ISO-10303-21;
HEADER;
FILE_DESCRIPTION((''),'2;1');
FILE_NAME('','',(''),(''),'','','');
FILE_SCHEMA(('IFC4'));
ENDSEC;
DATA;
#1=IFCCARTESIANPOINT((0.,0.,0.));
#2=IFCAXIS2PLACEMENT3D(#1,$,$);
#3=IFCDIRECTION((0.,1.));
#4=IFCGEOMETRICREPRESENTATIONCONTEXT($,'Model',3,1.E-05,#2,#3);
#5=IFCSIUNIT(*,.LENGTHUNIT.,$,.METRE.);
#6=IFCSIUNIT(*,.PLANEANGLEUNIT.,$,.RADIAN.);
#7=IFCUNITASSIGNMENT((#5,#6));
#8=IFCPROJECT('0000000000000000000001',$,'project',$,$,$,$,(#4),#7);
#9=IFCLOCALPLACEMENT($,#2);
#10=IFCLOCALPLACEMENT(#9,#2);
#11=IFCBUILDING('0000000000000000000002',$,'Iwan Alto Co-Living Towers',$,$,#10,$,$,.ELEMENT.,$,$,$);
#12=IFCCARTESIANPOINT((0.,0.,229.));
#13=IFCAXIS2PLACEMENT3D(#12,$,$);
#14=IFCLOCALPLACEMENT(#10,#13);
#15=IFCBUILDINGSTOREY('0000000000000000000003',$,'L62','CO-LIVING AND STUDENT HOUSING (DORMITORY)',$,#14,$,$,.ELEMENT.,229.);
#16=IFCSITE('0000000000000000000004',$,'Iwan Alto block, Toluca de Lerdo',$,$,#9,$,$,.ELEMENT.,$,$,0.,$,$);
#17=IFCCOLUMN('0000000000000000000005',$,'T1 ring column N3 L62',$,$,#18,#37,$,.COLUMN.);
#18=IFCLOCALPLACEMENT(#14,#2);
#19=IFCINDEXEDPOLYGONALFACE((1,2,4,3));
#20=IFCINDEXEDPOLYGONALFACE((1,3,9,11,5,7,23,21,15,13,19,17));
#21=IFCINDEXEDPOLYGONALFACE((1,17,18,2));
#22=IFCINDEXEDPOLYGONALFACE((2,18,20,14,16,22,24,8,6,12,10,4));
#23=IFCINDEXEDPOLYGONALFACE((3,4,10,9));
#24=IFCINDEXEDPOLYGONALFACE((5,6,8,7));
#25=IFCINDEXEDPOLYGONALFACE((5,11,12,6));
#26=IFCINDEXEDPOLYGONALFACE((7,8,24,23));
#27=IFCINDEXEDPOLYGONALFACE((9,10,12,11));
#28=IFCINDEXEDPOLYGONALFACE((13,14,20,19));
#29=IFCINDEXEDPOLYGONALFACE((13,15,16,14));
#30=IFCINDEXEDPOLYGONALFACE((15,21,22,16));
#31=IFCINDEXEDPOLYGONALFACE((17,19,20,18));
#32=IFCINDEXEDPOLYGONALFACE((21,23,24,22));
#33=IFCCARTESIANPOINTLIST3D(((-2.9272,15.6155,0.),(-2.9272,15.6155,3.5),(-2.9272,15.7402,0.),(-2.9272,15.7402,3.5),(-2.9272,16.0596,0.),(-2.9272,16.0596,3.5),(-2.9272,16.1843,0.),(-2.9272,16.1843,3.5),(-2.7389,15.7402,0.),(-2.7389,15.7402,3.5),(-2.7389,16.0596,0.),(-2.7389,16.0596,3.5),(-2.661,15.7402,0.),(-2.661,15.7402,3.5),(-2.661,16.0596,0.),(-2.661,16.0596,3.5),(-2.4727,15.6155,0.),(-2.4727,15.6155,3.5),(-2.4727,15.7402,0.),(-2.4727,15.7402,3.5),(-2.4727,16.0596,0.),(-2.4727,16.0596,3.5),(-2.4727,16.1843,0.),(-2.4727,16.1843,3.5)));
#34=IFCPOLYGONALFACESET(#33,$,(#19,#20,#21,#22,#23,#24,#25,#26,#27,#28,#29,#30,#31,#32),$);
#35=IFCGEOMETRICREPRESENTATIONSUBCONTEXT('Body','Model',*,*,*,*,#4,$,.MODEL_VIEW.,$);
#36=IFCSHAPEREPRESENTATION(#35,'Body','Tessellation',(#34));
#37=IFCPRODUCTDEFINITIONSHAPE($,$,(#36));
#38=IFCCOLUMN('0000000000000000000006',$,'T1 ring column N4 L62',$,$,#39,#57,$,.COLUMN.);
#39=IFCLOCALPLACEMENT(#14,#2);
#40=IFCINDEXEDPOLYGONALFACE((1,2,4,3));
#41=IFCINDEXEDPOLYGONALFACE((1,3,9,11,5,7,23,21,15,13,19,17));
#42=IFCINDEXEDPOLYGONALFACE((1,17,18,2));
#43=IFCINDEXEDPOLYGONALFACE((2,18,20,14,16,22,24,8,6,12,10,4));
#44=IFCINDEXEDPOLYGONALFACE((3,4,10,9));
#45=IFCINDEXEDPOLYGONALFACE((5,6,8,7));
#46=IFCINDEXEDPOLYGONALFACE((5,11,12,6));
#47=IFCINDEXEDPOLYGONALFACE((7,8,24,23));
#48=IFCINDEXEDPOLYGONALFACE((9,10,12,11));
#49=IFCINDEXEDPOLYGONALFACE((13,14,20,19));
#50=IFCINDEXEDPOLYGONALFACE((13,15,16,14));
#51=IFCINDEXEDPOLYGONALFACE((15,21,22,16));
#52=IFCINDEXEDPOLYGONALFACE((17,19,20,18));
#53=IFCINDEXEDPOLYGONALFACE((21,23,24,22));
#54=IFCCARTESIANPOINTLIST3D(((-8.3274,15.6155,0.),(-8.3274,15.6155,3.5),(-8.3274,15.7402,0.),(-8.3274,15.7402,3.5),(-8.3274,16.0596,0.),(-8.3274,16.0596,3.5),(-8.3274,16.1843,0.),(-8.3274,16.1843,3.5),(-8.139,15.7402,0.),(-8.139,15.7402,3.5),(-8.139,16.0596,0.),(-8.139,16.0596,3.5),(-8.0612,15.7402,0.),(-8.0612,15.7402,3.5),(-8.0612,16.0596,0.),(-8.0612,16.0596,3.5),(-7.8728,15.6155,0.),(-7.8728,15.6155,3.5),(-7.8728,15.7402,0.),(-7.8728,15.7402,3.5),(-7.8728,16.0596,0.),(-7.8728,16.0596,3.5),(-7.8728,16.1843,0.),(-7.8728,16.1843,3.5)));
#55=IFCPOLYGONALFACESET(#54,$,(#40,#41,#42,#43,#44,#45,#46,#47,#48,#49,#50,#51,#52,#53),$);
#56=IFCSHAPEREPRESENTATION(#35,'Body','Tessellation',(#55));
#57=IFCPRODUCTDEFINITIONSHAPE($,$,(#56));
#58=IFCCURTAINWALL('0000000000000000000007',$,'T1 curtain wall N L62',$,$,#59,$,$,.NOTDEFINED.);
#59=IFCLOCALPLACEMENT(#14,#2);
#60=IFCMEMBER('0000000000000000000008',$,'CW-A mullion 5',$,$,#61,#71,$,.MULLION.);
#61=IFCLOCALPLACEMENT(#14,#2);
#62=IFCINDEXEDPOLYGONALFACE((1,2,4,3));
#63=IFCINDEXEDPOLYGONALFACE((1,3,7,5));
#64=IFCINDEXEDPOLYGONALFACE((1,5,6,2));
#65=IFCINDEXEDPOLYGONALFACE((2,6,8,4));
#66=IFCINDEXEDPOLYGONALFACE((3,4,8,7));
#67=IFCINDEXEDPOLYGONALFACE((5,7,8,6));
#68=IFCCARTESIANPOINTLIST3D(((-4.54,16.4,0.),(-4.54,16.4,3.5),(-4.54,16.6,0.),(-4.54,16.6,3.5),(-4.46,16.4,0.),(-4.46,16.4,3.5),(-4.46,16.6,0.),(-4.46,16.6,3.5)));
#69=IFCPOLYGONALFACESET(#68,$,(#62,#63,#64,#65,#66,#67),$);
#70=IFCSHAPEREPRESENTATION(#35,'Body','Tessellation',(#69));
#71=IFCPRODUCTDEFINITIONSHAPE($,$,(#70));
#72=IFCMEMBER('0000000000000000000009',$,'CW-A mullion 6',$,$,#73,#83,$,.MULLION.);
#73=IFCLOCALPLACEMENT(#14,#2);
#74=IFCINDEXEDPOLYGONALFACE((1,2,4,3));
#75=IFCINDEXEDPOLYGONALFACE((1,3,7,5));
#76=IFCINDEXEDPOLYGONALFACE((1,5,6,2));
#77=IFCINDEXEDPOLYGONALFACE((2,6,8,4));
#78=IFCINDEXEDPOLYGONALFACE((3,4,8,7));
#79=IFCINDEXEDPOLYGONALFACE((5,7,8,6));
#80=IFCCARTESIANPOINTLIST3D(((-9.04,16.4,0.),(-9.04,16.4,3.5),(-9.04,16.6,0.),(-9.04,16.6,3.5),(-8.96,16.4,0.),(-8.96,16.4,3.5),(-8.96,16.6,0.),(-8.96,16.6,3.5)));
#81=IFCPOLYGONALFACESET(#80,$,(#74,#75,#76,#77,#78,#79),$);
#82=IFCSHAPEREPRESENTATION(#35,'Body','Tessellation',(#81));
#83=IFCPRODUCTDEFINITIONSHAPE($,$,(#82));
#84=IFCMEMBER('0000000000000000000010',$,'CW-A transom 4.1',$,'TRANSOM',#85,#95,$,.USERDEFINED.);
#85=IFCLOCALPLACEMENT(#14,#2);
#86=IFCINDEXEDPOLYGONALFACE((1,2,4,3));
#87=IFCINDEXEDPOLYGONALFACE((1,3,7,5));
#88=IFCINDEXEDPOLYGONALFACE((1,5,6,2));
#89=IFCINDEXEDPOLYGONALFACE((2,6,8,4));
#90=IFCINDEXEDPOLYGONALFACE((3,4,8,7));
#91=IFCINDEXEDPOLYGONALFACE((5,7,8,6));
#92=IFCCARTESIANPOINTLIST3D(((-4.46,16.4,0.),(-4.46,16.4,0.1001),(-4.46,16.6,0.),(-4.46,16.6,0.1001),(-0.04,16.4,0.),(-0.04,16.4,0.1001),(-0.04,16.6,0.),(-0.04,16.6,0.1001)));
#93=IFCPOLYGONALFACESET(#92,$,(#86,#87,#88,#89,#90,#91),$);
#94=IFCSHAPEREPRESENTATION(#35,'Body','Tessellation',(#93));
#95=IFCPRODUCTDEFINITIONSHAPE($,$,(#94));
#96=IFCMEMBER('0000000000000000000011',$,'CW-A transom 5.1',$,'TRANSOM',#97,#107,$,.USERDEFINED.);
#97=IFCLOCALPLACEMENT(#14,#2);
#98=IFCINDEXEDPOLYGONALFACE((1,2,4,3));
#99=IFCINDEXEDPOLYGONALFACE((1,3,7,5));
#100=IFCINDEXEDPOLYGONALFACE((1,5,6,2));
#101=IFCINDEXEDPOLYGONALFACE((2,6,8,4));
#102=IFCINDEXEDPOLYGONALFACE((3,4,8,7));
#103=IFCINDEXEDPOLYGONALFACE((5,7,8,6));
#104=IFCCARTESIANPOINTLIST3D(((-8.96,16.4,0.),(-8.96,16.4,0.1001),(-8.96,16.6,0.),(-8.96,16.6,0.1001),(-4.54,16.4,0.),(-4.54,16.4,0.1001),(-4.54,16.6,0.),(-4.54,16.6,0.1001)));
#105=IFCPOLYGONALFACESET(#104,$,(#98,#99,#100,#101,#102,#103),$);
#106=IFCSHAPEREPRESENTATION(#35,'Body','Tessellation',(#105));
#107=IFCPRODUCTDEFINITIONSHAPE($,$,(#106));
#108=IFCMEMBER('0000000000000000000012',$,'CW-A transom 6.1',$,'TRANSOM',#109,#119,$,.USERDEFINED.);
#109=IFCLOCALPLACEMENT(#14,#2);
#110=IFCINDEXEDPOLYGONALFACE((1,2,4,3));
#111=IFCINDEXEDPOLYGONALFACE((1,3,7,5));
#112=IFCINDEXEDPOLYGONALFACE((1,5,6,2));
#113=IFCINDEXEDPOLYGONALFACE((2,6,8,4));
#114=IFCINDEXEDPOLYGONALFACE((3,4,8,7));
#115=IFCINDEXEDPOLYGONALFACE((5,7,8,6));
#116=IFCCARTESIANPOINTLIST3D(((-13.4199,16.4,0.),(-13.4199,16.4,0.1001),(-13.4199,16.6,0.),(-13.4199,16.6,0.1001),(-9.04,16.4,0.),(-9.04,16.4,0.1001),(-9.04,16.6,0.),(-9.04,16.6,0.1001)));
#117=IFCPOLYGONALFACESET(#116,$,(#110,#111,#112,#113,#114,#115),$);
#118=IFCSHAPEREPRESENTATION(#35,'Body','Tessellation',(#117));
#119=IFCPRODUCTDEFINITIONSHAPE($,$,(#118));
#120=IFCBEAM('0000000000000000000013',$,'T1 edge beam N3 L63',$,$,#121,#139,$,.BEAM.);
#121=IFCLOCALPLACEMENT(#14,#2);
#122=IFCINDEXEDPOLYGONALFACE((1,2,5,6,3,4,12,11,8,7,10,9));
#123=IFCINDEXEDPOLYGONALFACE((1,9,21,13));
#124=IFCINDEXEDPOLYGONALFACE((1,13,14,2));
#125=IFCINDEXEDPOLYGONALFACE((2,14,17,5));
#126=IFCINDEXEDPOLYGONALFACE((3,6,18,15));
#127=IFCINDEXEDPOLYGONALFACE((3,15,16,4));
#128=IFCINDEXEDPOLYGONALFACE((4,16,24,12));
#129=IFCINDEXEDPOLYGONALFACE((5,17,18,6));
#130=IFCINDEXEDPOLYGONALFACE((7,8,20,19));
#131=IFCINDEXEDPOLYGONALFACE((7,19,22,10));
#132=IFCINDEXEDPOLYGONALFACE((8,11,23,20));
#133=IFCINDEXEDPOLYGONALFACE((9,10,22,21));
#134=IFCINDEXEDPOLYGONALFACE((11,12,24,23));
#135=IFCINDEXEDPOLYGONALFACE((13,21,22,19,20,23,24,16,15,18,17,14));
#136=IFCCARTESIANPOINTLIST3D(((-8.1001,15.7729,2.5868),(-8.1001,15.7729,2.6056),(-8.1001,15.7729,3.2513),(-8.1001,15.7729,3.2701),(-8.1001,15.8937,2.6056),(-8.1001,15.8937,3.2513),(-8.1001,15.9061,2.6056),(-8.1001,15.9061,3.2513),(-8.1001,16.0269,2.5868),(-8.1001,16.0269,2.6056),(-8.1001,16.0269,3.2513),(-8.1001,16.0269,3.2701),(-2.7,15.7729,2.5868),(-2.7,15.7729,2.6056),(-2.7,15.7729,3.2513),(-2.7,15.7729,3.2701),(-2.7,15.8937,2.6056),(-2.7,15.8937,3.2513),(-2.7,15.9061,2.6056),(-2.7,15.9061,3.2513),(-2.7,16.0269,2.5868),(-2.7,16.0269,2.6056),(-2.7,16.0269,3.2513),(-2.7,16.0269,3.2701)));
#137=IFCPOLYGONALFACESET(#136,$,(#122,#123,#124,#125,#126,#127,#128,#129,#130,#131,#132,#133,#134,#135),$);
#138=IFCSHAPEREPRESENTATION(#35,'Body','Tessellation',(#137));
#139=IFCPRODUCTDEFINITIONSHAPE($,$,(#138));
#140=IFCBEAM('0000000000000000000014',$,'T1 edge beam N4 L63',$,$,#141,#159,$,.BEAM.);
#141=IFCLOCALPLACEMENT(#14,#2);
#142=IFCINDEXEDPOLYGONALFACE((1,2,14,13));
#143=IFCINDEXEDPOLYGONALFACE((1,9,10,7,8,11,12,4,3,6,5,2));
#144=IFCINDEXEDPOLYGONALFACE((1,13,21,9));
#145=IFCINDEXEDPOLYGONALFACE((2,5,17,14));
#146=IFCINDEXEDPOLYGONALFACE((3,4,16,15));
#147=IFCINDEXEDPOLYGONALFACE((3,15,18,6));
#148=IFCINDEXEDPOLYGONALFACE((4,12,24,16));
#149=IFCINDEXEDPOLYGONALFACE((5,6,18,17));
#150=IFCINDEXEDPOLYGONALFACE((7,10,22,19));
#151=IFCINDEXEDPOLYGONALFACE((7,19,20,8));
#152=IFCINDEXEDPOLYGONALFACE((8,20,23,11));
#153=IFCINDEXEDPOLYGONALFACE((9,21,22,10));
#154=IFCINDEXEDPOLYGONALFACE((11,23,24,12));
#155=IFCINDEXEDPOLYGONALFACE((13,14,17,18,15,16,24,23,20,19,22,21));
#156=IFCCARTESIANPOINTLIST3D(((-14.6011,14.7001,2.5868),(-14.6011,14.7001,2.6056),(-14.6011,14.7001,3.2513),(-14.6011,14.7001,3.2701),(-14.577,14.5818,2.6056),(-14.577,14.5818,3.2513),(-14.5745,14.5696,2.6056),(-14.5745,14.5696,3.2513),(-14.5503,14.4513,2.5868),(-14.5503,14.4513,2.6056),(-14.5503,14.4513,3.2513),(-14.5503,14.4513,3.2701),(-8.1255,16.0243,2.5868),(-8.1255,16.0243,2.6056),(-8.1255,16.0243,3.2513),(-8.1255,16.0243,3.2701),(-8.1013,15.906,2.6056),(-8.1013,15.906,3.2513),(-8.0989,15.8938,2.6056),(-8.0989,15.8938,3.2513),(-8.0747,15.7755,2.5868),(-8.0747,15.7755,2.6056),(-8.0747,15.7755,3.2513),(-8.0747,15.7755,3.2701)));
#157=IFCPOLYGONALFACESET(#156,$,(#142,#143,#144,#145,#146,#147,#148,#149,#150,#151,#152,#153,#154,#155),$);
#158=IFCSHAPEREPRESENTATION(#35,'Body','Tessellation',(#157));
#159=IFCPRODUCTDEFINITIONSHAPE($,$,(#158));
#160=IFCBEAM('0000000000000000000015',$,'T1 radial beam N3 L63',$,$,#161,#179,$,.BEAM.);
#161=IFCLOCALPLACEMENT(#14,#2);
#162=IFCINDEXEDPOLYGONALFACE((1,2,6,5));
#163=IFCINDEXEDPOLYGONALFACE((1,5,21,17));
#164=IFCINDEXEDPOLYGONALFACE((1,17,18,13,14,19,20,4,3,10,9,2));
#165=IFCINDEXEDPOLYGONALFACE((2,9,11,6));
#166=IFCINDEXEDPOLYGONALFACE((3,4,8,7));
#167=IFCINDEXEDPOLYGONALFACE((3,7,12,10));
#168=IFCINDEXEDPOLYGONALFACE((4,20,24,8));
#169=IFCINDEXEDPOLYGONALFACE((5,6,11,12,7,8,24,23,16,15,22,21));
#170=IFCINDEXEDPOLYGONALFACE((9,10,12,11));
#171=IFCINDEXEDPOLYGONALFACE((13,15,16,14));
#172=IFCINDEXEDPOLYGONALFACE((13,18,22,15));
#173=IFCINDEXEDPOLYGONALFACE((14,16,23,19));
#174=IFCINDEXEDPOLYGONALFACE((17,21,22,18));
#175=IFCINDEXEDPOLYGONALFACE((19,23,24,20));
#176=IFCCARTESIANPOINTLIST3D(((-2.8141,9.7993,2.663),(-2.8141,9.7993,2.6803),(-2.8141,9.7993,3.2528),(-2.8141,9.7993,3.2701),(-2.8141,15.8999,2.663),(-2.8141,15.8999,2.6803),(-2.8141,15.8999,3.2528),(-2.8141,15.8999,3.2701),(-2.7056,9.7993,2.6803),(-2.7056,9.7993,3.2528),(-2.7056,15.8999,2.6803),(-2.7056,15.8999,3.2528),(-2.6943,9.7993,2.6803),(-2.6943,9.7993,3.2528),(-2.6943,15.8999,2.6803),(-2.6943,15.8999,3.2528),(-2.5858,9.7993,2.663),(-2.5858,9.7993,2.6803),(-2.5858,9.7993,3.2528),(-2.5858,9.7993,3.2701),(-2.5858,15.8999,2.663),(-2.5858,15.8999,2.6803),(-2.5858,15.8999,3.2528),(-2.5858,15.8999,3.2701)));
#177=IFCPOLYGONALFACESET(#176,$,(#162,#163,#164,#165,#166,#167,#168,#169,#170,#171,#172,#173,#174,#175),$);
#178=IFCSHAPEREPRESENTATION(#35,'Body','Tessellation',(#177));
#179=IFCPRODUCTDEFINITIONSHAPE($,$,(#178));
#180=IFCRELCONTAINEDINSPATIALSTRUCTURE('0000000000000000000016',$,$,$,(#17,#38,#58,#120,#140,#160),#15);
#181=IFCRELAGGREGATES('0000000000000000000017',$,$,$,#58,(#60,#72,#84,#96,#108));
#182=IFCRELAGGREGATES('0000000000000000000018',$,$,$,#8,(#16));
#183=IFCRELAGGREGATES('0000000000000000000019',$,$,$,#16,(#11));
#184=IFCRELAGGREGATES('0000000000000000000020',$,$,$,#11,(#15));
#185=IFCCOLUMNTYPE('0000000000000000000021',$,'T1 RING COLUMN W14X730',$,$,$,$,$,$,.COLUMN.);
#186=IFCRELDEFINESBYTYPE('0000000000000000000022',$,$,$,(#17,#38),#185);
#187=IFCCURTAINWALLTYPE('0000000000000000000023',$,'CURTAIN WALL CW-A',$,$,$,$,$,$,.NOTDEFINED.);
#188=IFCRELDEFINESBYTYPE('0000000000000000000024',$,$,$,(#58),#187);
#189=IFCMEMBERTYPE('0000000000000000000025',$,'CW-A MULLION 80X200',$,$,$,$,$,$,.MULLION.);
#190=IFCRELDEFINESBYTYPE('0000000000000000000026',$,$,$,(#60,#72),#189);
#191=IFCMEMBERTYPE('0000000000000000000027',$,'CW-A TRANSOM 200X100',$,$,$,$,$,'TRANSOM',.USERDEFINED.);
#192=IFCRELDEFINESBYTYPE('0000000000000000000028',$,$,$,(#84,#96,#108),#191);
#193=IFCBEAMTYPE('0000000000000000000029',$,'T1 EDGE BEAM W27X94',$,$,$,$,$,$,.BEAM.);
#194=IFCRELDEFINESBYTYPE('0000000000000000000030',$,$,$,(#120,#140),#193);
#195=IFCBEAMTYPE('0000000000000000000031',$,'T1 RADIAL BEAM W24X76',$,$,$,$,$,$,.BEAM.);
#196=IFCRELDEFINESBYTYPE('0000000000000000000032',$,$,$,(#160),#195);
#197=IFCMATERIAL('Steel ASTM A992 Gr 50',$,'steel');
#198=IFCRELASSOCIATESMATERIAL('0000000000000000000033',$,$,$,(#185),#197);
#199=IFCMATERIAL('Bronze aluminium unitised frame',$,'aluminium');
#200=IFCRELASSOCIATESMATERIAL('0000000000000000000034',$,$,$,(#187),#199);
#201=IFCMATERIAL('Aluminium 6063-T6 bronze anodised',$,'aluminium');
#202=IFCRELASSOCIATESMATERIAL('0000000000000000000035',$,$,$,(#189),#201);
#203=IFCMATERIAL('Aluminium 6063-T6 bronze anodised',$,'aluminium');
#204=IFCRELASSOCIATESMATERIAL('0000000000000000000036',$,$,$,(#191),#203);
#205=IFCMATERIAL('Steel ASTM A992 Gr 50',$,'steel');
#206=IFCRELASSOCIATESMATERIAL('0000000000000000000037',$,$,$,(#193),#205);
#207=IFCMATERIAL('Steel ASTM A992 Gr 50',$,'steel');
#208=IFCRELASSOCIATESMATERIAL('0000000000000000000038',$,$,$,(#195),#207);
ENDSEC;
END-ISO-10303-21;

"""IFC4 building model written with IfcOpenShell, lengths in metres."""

from ifc_helpers import new_model, si_unit, direction, frame, origin, origin_2d, place, context, subcontext, project, spatial, rectangle, i_section, extrude, material, material_profile, profile_set, type_object, element, aggregate, save


model = new_model("IFC4")

# Units and contexts
model_context = context("Model", 3, precision=1e-05, world=origin(), true_north=direction((0.0, 1.0)))
body_context = subcontext(model_context, "Body", "Model", "MODEL_VIEW")
ifc_project = project(units=[si_unit("LENGTHUNIT", "METRE"), si_unit("PLANEANGLEUNIT", "RADIAN")], contexts=[model_context])

# Site, building, storey
site_placement = place(None, origin())
site = spatial("IfcSite", under=ifc_project, at=site_placement, Name="Iwan Alto block, Toluca de Lerdo", CompositionType="ELEMENT", RefElevation=0.0)
building_placement = place(site_placement, origin())
building = spatial("IfcBuilding", under=site, at=building_placement, Name="Iwan Alto Co-Living Towers", CompositionType="ELEMENT")
storey_placement = place(building_placement, frame((0.0, 0.0, 229.0)))
storey = spatial("IfcBuildingStorey", under=building, at=storey_placement, Name="L62", Description="CO-LIVING AND STUDENT HOUSING (DORMITORY)", CompositionType="ELEMENT", Elevation=229.0)

# Columns
ifc_material_1 = material(Name="Steel ASTM A992 Gr 50", Category="steel")
ifc_material_profile_1 = material_profile(ifc_material_1, i_section(OverallWidth=0.4546, OverallDepth=0.5688, WebThickness=0.0779, FlangeThickness=0.1248, at=origin_2d()), Name="W14X730")
ifc_profile_set_1 = profile_set([ifc_material_profile_1], Name="Steel ASTM A992 Gr 50")
column_type = type_object("IfcColumnType", Name="T1 RING COLUMN W14X730", PredefinedType="COLUMN", material=ifc_profile_set_1)
for number, where, z_axis, x_axis, name in (
    (1, (-2.7, 15.8999, 0.0), (0.0, 0.0, 1.0), (1.0, 0.0, 0.0), "T1 ring column N3 L62"),
    (2, (-8.1001, 15.8999, 0.0), (0.0, 0.0, 1.0), (1.0, 0.0, 0.0), "T1 ring column N4 L62"),
):
    element("IfcColumn", number, at=place(storey_placement, frame(where, z_axis=z_axis, x_axis=x_axis)), inside=storey, type_object=column_type, Name=name, PredefinedType="COLUMN", context=body_context, shape_type="SweptSolid", body=[
        extrude(i_section(OverallWidth=0.4546, OverallDepth=0.5688, WebThickness=0.0779, FlangeThickness=0.1248, at=origin_2d()), origin(), (0.0, 0.0, 1.0), 3.5),
    ])

# Curtain wall, members
ifc_material_2 = material(Name="Bronze aluminium unitised frame", Category="aluminium")
curtain_wall_type = type_object("IfcCurtainWallType", Name="CURTAIN WALL CW-A", PredefinedType="NOTDEFINED", material=ifc_material_2)
curtain_wall_placement = place(storey_placement, origin())
curtain_wall = element("IfcCurtainWall", 3, at=curtain_wall_placement, inside=storey, type_object=curtain_wall_type, Name="T1 curtain wall N L62", PredefinedType="NOTDEFINED")
ifc_material_3 = material(Name="Aluminium 6063-T6 bronze anodised", Category="aluminium")
ifc_material_profile_2 = material_profile(ifc_material_3, rectangle(XDim=0.2, YDim=0.0801, at=origin_2d()), Name="AL 80X200")
ifc_profile_set_2 = profile_set([ifc_material_profile_2], Name="Aluminium 6063-T6 bronze anodised")
member_type_1 = type_object("IfcMemberType", Name="CW-A MULLION 80X200", PredefinedType="MULLION", material=ifc_profile_set_2)
member_1_placement = place(storey_placement, frame((-4.5, 16.5, 0.0), z_axis=(0.0, 0.0, 1.0), x_axis=(0.0, -1.0, 0.0)))
member_1 = element("IfcMember", 4, at=member_1_placement, type_object=member_type_1, Name="CW-A mullion 5", PredefinedType="MULLION", context=body_context, shape_type="SweptSolid", body=[
    extrude(rectangle(XDim=0.2, YDim=0.0801, at=origin_2d()), origin(), (0.0, 0.0, 1.0), 3.5),
])
member_2_placement = place(storey_placement, frame((-9.0, 16.5, 0.0), z_axis=(0.0, 0.0, 1.0), x_axis=(0.0, -1.0, 0.0)))
member_2 = element("IfcMember", 5, at=member_2_placement, type_object=member_type_1, Name="CW-A mullion 6", PredefinedType="MULLION", context=body_context, shape_type="SweptSolid", body=[
    extrude(rectangle(XDim=0.2, YDim=0.0801, at=origin_2d()), origin(), (0.0, 0.0, 1.0), 3.5),
])
ifc_material_4 = material(Name="Aluminium 6063-T6 bronze anodised", Category="aluminium")
ifc_material_profile_3 = material_profile(ifc_material_4, rectangle(XDim=0.2, YDim=0.1001, at=origin_2d()), Name="AL 200X100")
ifc_profile_set_3 = profile_set([ifc_material_profile_3], Name="Aluminium 6063-T6 bronze anodised")
member_type_2 = type_object("IfcMemberType", Name="CW-A TRANSOM 200X100", ElementType="TRANSOM", PredefinedType="USERDEFINED", material=ifc_profile_set_3)
member_3_placement = place(storey_placement, frame((-0.04, 16.5, 0.05), z_axis=(-1.0, 0.0, 0.0), x_axis=(0.0, -1.0, 0.0)))
member_3 = element("IfcMember", 6, at=member_3_placement, type_object=member_type_2, Name="CW-A transom 4.1", ObjectType="TRANSOM", PredefinedType="USERDEFINED", context=body_context, shape_type="SweptSolid", body=[
    extrude(rectangle(XDim=0.2, YDim=0.1001, at=origin_2d()), origin(), (0.0, 0.0, 1.0), 4.4199),
])
member_4_placement = place(storey_placement, frame((-4.54, 16.5, 0.05), z_axis=(-1.0, 0.0, 0.0), x_axis=(0.0, -1.0, 0.0)))
member_4 = element("IfcMember", 7, at=member_4_placement, type_object=member_type_2, Name="CW-A transom 5.1", ObjectType="TRANSOM", PredefinedType="USERDEFINED", context=body_context, shape_type="SweptSolid", body=[
    extrude(rectangle(XDim=0.2, YDim=0.1001, at=origin_2d()), origin(), (0.0, 0.0, 1.0), 4.4199),
])
member_5_placement = place(storey_placement, frame((-9.04, 16.5, 0.05), z_axis=(-1.0, 0.0, 0.0), x_axis=(0.0, -1.0, 0.0)))
member_5 = element("IfcMember", 8, at=member_5_placement, type_object=member_type_2, Name="CW-A transom 6.1", ObjectType="TRANSOM", PredefinedType="USERDEFINED", context=body_context, shape_type="SweptSolid", body=[
    extrude(rectangle(XDim=0.2, YDim=0.1001, at=origin_2d()), origin(), (0.0, 0.0, 1.0), 4.3799),
])

# Beams
ifc_material_5 = material(Name="Steel ASTM A992 Gr 50", Category="steel")
ifc_material_profile_4 = material_profile(ifc_material_5, i_section(OverallWidth=0.2539, OverallDepth=0.6833, WebThickness=0.0125, FlangeThickness=0.0188, at=origin_2d()), Name="W27X94")
ifc_profile_set_4 = profile_set([ifc_material_profile_4], Name="Steel ASTM A992 Gr 50")
beam_type_1 = type_object("IfcBeamType", Name="T1 EDGE BEAM W27X94", PredefinedType="BEAM", material=ifc_profile_set_4)
beam_1_placement = place(storey_placement, frame((-2.7, 15.8999, 2.9285), z_axis=(-1.0, 0.0, 0.0), x_axis=(0.0, -1.0, 0.0)))
element("IfcBeam", 9, at=beam_1_placement, inside=storey, type_object=beam_type_1, Name="T1 edge beam N3 L63", PredefinedType="BEAM", context=body_context, shape_type="SweptSolid", body=[
    extrude(i_section(OverallWidth=0.2539, OverallDepth=0.6833, WebThickness=0.0125, FlangeThickness=0.0188, at=origin_2d()), origin(), (0.0, 0.0, 1.0), 5.4001),
])
beam_2_placement = place(storey_placement, frame((-8.1001, 15.8999, 2.9285), z_axis=(-0.979725, -0.200348, 0.0), x_axis=(0.200348, -0.979725, 0.0)))
element("IfcBeam", 10, at=beam_2_placement, inside=storey, type_object=beam_type_1, Name="T1 edge beam N4 L63", PredefinedType="BEAM", context=body_context, shape_type="SweptSolid", body=[
    extrude(i_section(OverallWidth=0.2539, OverallDepth=0.6833, WebThickness=0.0125, FlangeThickness=0.0188, at=origin_2d()), origin(), (0.0, 0.0, 1.0), 6.6096),
])
ifc_material_6 = material(Name="Steel ASTM A992 Gr 50", Category="steel")
ifc_material_profile_5 = material_profile(ifc_material_6, i_section(OverallWidth=0.2283, OverallDepth=0.6072, WebThickness=0.0112, FlangeThickness=0.0173, at=origin_2d()), Name="W24X76")
ifc_profile_set_5 = profile_set([ifc_material_profile_5], Name="Steel ASTM A992 Gr 50")
beam_type_2 = type_object("IfcBeamType", Name="T1 RADIAL BEAM W24X76", PredefinedType="BEAM", material=ifc_profile_set_5)
for number, where, z_axis, x_axis, name in (
    (11, (-2.7, 15.8999, 2.9666), (0.0, -1.0, 0.0), (1.0, 0.0, 0.0), "T1 radial beam N3 L63"),
):
    element("IfcBeam", number, at=place(storey_placement, frame(where, z_axis=z_axis, x_axis=x_axis)), inside=storey, type_object=beam_type_2, Name=name, PredefinedType="BEAM", context=body_context, shape_type="SweptSolid", body=[
        extrude(i_section(OverallWidth=0.2283, OverallDepth=0.6072, WebThickness=0.0112, FlangeThickness=0.0173, at=origin_2d()), origin(), (0.0, 0.0, 1.0), 6.1006),
    ])

aggregate(curtain_wall, [member_1, member_2, member_3, member_4, member_5])

save(model, "model.ifc")
